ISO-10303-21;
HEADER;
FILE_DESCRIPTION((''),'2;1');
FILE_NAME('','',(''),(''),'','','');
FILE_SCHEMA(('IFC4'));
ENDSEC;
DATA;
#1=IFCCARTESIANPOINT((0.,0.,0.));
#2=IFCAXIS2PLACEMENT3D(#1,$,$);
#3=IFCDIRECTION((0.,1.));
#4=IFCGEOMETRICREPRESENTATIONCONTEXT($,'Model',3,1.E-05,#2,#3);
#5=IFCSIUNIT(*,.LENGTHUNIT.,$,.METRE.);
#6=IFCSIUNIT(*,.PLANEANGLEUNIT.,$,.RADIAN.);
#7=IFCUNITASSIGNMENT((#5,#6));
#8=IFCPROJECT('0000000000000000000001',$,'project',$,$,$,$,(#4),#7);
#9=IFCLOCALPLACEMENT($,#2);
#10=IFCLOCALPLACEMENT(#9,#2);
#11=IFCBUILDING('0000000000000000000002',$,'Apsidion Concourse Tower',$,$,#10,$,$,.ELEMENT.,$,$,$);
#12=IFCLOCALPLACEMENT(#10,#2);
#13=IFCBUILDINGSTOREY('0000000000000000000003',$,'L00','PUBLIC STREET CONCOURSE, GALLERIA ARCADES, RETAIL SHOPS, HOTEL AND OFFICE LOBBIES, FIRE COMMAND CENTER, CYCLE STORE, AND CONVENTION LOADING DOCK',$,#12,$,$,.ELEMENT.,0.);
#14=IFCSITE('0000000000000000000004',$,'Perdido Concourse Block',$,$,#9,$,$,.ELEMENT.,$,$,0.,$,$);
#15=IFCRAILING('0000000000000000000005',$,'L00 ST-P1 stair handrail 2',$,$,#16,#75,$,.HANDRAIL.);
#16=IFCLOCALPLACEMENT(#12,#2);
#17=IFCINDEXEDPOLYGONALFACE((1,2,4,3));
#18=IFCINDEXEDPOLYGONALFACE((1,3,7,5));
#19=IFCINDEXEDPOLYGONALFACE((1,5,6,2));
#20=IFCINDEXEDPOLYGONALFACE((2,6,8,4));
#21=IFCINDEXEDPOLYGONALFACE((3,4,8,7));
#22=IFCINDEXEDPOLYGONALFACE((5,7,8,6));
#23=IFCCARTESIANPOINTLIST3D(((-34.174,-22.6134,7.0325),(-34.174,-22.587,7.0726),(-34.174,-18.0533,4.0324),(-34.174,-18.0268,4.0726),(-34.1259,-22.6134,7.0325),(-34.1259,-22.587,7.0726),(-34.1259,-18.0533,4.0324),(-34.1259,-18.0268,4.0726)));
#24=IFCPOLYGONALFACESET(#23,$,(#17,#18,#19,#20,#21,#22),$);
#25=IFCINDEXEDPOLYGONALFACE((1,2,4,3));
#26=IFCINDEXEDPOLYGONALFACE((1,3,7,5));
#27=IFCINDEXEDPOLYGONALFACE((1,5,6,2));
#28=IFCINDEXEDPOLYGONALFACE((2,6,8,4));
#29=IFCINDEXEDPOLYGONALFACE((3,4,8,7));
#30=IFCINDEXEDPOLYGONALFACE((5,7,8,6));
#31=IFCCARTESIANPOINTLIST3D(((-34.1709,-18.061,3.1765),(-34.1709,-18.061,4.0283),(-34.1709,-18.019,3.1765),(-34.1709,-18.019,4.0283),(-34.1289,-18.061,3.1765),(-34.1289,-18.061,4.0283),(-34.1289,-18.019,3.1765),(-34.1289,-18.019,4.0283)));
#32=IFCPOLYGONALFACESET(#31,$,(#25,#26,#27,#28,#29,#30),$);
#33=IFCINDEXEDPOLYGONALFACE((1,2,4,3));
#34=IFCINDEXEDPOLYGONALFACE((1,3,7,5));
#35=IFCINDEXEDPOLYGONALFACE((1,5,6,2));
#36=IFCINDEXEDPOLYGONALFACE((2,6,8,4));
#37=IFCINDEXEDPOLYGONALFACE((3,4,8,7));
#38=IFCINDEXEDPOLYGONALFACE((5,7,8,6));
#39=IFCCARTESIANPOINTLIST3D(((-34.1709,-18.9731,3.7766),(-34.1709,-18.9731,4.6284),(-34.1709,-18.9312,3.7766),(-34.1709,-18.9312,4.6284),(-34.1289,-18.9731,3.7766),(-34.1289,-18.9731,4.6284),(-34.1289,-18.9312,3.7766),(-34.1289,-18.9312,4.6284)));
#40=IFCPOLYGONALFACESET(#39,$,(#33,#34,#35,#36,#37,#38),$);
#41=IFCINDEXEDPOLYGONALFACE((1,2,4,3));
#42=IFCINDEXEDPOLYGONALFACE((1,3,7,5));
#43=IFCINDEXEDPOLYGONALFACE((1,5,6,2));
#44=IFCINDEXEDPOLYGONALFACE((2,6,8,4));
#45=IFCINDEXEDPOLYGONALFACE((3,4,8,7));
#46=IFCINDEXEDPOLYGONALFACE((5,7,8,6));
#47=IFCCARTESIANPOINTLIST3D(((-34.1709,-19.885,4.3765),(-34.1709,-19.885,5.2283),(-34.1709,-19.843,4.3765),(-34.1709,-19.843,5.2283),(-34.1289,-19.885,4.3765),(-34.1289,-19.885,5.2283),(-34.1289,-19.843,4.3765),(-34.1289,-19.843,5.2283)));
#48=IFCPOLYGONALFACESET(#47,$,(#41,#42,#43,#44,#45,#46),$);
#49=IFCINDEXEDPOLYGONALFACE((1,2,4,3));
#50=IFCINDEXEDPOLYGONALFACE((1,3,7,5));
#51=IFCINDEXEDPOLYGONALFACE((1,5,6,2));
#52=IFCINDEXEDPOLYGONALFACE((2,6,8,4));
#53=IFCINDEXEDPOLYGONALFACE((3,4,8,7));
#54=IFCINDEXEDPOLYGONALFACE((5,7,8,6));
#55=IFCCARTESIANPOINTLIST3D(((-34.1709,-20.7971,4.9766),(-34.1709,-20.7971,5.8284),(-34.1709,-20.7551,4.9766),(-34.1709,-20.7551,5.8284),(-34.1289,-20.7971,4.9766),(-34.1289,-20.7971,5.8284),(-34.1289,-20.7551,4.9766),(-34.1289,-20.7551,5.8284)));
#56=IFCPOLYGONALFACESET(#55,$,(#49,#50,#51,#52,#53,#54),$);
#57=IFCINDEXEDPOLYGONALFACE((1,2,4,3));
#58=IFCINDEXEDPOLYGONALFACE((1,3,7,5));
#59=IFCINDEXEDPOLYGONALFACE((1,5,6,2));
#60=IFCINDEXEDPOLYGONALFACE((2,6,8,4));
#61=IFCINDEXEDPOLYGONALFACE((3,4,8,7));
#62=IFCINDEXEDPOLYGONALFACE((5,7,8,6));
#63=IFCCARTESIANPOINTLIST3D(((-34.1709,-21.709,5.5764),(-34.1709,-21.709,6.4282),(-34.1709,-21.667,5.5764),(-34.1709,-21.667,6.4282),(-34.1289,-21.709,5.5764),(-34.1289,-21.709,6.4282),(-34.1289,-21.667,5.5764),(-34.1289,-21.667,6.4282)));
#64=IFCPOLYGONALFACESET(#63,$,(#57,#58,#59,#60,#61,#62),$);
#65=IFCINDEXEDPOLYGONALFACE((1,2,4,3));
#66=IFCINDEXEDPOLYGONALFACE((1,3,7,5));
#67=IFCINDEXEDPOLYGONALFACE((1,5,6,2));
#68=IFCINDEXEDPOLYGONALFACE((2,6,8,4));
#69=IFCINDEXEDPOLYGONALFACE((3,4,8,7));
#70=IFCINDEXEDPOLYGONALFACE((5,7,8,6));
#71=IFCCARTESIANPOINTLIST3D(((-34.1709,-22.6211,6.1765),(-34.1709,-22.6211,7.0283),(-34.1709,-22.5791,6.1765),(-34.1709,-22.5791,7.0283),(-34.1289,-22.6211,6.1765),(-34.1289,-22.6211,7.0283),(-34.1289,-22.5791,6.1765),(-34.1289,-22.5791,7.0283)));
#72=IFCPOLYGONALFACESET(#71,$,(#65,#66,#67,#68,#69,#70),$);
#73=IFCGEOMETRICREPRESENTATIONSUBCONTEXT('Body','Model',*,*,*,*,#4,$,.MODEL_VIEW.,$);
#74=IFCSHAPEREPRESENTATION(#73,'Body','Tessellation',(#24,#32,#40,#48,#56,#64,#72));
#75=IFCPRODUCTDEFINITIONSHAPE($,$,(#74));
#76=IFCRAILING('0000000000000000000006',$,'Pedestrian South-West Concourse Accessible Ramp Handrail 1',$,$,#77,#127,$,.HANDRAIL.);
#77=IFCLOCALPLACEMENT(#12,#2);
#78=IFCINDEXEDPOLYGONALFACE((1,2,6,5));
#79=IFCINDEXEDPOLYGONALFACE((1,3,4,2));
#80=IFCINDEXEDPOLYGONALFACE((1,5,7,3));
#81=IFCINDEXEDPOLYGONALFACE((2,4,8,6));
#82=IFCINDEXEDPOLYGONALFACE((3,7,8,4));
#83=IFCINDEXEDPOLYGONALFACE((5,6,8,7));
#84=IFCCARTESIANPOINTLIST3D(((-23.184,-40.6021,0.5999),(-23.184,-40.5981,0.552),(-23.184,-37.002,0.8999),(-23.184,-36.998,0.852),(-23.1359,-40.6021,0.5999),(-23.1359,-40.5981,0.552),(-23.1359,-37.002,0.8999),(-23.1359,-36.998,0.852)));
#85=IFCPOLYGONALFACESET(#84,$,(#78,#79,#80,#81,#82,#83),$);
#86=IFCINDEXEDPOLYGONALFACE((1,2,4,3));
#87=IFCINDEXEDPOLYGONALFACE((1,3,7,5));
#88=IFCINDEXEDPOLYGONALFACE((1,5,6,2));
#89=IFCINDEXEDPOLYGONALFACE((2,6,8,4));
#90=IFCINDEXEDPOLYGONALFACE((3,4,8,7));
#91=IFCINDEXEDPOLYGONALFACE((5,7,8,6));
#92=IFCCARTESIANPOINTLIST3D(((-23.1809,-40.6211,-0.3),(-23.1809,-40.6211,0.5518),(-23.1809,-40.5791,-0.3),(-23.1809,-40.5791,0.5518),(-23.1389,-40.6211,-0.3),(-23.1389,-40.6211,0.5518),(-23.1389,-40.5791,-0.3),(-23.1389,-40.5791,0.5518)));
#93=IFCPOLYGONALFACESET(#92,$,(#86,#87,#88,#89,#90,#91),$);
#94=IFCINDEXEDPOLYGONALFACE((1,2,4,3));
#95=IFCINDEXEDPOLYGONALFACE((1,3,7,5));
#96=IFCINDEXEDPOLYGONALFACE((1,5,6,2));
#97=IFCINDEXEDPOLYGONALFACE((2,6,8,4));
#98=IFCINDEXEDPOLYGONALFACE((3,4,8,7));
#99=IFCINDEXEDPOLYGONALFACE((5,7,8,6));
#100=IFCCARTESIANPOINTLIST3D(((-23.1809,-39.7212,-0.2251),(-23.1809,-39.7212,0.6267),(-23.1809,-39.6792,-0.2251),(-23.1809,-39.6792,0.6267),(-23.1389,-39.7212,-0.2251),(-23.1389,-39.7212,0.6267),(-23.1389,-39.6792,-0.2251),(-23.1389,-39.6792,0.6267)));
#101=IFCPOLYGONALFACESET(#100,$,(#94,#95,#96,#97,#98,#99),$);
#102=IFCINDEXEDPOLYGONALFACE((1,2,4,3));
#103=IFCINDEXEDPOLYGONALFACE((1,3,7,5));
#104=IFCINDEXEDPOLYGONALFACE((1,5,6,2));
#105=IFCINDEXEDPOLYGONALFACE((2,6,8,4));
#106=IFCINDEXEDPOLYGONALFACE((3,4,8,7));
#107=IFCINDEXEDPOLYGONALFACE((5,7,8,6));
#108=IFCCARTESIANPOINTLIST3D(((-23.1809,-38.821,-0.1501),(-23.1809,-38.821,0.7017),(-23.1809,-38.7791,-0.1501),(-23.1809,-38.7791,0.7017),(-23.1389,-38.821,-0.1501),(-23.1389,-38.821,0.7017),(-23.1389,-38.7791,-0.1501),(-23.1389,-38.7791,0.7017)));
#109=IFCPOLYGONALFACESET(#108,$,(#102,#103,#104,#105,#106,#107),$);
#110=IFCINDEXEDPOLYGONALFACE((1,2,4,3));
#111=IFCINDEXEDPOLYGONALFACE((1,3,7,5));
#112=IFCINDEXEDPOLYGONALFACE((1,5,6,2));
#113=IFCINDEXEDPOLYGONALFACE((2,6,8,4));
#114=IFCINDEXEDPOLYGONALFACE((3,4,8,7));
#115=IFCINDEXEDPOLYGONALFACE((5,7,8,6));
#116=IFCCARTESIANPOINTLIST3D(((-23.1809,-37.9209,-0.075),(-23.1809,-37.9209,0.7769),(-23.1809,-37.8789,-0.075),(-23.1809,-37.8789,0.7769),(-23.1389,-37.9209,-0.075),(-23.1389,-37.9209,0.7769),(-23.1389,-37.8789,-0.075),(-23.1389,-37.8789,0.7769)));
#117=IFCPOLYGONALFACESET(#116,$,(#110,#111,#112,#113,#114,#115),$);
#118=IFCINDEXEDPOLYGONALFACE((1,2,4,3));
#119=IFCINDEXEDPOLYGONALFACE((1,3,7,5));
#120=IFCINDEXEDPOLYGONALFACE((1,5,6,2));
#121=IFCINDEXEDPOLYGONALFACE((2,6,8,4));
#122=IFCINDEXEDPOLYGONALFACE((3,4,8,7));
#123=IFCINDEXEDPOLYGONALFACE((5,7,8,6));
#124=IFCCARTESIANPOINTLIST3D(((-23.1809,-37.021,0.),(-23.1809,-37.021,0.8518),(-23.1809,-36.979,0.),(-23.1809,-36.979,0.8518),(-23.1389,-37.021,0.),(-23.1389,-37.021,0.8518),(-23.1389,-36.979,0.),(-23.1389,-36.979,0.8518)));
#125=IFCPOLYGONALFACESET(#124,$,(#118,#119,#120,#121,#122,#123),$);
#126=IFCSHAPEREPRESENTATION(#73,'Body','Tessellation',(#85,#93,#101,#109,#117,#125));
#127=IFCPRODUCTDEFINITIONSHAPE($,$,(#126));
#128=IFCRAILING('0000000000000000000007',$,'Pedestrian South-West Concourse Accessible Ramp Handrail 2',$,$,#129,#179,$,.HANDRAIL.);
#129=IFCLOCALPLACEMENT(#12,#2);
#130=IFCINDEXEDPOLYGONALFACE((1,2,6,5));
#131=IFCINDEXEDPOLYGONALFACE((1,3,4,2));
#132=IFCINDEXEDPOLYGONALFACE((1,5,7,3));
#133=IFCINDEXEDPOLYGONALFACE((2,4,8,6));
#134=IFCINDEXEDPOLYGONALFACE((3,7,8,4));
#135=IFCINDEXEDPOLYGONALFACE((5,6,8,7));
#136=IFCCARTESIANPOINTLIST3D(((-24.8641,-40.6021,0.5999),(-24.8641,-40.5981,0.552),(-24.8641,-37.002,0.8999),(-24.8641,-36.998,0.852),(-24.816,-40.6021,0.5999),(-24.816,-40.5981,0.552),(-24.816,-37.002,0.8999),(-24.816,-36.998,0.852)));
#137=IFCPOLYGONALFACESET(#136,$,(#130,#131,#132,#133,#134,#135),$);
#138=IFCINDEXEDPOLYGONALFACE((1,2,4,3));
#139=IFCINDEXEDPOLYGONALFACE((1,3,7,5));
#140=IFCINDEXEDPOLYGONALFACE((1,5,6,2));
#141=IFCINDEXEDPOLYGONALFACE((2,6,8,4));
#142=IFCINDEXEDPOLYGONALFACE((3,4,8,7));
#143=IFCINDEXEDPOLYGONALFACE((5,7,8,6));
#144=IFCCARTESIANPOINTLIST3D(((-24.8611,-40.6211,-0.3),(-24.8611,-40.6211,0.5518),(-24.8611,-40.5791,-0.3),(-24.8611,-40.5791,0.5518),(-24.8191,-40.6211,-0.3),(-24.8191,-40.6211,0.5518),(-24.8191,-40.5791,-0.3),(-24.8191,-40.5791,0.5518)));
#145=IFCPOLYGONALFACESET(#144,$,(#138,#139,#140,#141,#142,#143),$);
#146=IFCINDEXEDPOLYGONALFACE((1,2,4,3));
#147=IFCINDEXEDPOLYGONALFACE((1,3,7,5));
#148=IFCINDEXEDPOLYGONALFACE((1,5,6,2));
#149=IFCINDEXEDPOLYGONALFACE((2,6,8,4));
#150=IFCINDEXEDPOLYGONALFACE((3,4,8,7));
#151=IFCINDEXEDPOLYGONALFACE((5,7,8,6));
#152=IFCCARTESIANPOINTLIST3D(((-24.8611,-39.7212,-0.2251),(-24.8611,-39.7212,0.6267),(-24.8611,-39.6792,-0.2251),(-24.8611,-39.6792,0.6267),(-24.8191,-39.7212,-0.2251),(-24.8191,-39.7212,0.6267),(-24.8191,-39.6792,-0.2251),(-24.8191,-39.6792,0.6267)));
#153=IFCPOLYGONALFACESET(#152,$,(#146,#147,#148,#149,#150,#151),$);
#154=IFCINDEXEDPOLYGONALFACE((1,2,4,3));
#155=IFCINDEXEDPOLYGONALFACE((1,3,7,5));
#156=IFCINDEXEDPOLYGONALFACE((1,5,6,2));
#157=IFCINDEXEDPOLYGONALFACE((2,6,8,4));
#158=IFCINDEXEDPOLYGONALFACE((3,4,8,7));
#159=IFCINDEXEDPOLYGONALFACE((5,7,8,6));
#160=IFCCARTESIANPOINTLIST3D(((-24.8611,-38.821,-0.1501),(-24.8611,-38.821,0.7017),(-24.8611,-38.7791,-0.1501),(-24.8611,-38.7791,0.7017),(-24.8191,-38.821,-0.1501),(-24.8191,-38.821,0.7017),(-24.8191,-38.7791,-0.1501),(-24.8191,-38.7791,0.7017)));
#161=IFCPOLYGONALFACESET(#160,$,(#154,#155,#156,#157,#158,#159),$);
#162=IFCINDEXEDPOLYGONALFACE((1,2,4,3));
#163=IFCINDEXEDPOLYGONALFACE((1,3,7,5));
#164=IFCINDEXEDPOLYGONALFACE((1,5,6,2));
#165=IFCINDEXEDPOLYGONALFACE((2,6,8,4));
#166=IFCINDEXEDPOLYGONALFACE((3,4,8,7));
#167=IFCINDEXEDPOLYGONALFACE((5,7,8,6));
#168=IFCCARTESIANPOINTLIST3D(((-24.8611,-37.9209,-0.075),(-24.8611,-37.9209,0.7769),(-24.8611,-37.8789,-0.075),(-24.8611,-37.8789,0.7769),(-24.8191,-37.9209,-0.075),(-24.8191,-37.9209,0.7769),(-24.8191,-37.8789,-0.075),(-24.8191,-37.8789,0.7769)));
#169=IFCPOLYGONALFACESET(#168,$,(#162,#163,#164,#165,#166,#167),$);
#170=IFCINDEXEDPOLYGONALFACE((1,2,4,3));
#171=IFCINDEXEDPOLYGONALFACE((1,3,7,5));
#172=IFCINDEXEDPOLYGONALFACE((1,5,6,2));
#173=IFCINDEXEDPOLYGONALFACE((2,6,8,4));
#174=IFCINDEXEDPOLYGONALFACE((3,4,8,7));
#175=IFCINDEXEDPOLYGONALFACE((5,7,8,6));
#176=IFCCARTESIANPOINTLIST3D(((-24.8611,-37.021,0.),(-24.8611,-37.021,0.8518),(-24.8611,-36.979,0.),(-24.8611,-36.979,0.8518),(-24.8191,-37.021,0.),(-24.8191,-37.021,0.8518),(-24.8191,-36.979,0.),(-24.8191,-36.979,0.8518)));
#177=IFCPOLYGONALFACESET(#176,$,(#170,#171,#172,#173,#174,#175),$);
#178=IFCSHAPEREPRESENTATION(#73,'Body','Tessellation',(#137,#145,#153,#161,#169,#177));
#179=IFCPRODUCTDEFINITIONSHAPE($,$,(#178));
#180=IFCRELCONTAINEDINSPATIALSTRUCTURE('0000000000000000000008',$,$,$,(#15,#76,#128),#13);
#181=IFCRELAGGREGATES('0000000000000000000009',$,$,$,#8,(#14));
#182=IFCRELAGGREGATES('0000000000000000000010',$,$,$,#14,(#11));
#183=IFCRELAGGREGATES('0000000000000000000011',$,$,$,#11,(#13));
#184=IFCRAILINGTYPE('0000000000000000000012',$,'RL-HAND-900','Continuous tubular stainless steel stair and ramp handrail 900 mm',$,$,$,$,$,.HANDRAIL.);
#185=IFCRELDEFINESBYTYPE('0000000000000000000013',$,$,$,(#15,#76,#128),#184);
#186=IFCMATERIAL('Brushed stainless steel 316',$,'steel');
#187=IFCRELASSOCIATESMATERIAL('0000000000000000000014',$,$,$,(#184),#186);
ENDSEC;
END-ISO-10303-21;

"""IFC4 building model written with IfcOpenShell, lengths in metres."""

from ifc_helpers import new_model, si_unit, direction, frame, origin, origin_2d, place, context, subcontext, project, spatial, rectangle, extrude, material, type_object, element, save


model = new_model("IFC4")

# Units and contexts
model_context = context("Model", 3, precision=1e-05, world=origin(), true_north=direction((0.0, 1.0)))
body_context = subcontext(model_context, "Body", "Model", "MODEL_VIEW")
ifc_project = project(units=[si_unit("LENGTHUNIT", "METRE"), si_unit("PLANEANGLEUNIT", "RADIAN")], contexts=[model_context])

# Site, building, storey
site_placement = place(None, origin())
site = spatial("IfcSite", under=ifc_project, at=site_placement, Name="Perdido Concourse Block", CompositionType="ELEMENT", RefElevation=0.0)
building_placement = place(site_placement, origin())
building = spatial("IfcBuilding", under=site, at=building_placement, Name="Apsidion Concourse Tower", CompositionType="ELEMENT")
storey_placement = place(building_placement, origin())
storey = spatial("IfcBuildingStorey", under=building, at=storey_placement, Name="L00", Description="PUBLIC STREET CONCOURSE, GALLERIA ARCADES, RETAIL SHOPS, HOTEL AND OFFICE LOBBIES, FIRE COMMAND CENTER, CYCLE STORE, AND CONVENTION LOADING DOCK", CompositionType="ELEMENT", Elevation=0.0)

# Shared definitions
ifc_material_1 = material(Name="Brushed stainless steel 316", Category="steel")

# Railings
railing_type_1 = type_object("IfcRailingType", Name="RL-HAND-900", Description="Continuous tubular stainless steel stair and ramp handrail 900 mm", PredefinedType="HANDRAIL", material=ifc_material_1)
railing_1_placement = place(storey_placement, frame((-34.1499, -18.04, 3.1765)))
element("IfcRailing", 1, at=railing_1_placement, inside=storey, type_object=railing_type_1, Name="L00 ST-P1 stair handrail 2", PredefinedType="HANDRAIL", context=body_context, shape_type="SweptSolid", body=[
    extrude(rectangle(XDim=0.0481, YDim=0.0481, at=origin_2d()), frame((0.0, 0.0, 0.876), z_axis=(0.0, -0.83542, 0.549612), x_axis=(1.0, 0.0, 0.0)), (0.0, 0.0, 1.0), 5.4585),
    extrude(rectangle(XDim=0.042, YDim=0.042, at=origin_2d()), origin(), (0.0, 0.0, 1.0), 0.8518),
    extrude(rectangle(XDim=0.042, YDim=0.042, at=origin_2d()), frame((0.0, -0.9121, 0.6001)), (0.0, 0.0, 1.0), 0.8518),
    extrude(rectangle(XDim=0.042, YDim=0.042, at=origin_2d()), frame((0.0, -1.824, 1.2)), (0.0, 0.0, 1.0), 0.8518),
    extrude(rectangle(XDim=0.042, YDim=0.042, at=origin_2d()), frame((0.0, -2.7361, 1.8)), (0.0, 0.0, 1.0), 0.8518),
    extrude(rectangle(XDim=0.042, YDim=0.042, at=origin_2d()), frame((0.0, -3.6479, 2.3999)), (0.0, 0.0, 1.0), 0.8518),
    extrude(rectangle(XDim=0.042, YDim=0.042, at=origin_2d()), frame((0.0, -4.5601, 3.0)), (0.0, 0.0, 1.0), 0.8518),
])
for number, where, name in (
    (2, (-23.1599, -40.6001, -0.3), "Pedestrian South-West Concourse Accessible Ramp Handrail 1"),
    (3, (-24.8401, -40.6001, -0.3), "Pedestrian South-West Concourse Accessible Ramp Handrail 2"),
):
    element("IfcRailing", number, at=place(storey_placement, frame(where)), inside=storey, type_object=railing_type_1, Name=name, PredefinedType="HANDRAIL", context=body_context, shape_type="SweptSolid", body=[
        extrude(rectangle(XDim=0.0481, YDim=0.0481, at=origin_2d()), frame((0.0, 0.0, 0.876), z_axis=(0.0, 0.996545, 0.083057), x_axis=(-1.0, 0.0, 0.0)), (0.0, 0.0, 1.0), 3.6125),
        extrude(rectangle(XDim=0.042, YDim=0.042, at=origin_2d()), origin(), (0.0, 0.0, 1.0), 0.8518),
        extrude(rectangle(XDim=0.042, YDim=0.042, at=origin_2d()), frame((0.0, 0.8999, 0.075)), (0.0, 0.0, 1.0), 0.8518),
        extrude(rectangle(XDim=0.042, YDim=0.042, at=origin_2d()), frame((0.0, 1.8, 0.1499)), (0.0, 0.0, 1.0), 0.8518),
        extrude(rectangle(XDim=0.042, YDim=0.042, at=origin_2d()), frame((0.0, 2.7002, 0.2251)), (0.0, 0.0, 1.0), 0.8518),
        extrude(rectangle(XDim=0.042, YDim=0.042, at=origin_2d()), frame((0.0, 3.6001, 0.3)), (0.0, 0.0, 1.0), 0.8518),
    ])

save(model, "model.ifc")
